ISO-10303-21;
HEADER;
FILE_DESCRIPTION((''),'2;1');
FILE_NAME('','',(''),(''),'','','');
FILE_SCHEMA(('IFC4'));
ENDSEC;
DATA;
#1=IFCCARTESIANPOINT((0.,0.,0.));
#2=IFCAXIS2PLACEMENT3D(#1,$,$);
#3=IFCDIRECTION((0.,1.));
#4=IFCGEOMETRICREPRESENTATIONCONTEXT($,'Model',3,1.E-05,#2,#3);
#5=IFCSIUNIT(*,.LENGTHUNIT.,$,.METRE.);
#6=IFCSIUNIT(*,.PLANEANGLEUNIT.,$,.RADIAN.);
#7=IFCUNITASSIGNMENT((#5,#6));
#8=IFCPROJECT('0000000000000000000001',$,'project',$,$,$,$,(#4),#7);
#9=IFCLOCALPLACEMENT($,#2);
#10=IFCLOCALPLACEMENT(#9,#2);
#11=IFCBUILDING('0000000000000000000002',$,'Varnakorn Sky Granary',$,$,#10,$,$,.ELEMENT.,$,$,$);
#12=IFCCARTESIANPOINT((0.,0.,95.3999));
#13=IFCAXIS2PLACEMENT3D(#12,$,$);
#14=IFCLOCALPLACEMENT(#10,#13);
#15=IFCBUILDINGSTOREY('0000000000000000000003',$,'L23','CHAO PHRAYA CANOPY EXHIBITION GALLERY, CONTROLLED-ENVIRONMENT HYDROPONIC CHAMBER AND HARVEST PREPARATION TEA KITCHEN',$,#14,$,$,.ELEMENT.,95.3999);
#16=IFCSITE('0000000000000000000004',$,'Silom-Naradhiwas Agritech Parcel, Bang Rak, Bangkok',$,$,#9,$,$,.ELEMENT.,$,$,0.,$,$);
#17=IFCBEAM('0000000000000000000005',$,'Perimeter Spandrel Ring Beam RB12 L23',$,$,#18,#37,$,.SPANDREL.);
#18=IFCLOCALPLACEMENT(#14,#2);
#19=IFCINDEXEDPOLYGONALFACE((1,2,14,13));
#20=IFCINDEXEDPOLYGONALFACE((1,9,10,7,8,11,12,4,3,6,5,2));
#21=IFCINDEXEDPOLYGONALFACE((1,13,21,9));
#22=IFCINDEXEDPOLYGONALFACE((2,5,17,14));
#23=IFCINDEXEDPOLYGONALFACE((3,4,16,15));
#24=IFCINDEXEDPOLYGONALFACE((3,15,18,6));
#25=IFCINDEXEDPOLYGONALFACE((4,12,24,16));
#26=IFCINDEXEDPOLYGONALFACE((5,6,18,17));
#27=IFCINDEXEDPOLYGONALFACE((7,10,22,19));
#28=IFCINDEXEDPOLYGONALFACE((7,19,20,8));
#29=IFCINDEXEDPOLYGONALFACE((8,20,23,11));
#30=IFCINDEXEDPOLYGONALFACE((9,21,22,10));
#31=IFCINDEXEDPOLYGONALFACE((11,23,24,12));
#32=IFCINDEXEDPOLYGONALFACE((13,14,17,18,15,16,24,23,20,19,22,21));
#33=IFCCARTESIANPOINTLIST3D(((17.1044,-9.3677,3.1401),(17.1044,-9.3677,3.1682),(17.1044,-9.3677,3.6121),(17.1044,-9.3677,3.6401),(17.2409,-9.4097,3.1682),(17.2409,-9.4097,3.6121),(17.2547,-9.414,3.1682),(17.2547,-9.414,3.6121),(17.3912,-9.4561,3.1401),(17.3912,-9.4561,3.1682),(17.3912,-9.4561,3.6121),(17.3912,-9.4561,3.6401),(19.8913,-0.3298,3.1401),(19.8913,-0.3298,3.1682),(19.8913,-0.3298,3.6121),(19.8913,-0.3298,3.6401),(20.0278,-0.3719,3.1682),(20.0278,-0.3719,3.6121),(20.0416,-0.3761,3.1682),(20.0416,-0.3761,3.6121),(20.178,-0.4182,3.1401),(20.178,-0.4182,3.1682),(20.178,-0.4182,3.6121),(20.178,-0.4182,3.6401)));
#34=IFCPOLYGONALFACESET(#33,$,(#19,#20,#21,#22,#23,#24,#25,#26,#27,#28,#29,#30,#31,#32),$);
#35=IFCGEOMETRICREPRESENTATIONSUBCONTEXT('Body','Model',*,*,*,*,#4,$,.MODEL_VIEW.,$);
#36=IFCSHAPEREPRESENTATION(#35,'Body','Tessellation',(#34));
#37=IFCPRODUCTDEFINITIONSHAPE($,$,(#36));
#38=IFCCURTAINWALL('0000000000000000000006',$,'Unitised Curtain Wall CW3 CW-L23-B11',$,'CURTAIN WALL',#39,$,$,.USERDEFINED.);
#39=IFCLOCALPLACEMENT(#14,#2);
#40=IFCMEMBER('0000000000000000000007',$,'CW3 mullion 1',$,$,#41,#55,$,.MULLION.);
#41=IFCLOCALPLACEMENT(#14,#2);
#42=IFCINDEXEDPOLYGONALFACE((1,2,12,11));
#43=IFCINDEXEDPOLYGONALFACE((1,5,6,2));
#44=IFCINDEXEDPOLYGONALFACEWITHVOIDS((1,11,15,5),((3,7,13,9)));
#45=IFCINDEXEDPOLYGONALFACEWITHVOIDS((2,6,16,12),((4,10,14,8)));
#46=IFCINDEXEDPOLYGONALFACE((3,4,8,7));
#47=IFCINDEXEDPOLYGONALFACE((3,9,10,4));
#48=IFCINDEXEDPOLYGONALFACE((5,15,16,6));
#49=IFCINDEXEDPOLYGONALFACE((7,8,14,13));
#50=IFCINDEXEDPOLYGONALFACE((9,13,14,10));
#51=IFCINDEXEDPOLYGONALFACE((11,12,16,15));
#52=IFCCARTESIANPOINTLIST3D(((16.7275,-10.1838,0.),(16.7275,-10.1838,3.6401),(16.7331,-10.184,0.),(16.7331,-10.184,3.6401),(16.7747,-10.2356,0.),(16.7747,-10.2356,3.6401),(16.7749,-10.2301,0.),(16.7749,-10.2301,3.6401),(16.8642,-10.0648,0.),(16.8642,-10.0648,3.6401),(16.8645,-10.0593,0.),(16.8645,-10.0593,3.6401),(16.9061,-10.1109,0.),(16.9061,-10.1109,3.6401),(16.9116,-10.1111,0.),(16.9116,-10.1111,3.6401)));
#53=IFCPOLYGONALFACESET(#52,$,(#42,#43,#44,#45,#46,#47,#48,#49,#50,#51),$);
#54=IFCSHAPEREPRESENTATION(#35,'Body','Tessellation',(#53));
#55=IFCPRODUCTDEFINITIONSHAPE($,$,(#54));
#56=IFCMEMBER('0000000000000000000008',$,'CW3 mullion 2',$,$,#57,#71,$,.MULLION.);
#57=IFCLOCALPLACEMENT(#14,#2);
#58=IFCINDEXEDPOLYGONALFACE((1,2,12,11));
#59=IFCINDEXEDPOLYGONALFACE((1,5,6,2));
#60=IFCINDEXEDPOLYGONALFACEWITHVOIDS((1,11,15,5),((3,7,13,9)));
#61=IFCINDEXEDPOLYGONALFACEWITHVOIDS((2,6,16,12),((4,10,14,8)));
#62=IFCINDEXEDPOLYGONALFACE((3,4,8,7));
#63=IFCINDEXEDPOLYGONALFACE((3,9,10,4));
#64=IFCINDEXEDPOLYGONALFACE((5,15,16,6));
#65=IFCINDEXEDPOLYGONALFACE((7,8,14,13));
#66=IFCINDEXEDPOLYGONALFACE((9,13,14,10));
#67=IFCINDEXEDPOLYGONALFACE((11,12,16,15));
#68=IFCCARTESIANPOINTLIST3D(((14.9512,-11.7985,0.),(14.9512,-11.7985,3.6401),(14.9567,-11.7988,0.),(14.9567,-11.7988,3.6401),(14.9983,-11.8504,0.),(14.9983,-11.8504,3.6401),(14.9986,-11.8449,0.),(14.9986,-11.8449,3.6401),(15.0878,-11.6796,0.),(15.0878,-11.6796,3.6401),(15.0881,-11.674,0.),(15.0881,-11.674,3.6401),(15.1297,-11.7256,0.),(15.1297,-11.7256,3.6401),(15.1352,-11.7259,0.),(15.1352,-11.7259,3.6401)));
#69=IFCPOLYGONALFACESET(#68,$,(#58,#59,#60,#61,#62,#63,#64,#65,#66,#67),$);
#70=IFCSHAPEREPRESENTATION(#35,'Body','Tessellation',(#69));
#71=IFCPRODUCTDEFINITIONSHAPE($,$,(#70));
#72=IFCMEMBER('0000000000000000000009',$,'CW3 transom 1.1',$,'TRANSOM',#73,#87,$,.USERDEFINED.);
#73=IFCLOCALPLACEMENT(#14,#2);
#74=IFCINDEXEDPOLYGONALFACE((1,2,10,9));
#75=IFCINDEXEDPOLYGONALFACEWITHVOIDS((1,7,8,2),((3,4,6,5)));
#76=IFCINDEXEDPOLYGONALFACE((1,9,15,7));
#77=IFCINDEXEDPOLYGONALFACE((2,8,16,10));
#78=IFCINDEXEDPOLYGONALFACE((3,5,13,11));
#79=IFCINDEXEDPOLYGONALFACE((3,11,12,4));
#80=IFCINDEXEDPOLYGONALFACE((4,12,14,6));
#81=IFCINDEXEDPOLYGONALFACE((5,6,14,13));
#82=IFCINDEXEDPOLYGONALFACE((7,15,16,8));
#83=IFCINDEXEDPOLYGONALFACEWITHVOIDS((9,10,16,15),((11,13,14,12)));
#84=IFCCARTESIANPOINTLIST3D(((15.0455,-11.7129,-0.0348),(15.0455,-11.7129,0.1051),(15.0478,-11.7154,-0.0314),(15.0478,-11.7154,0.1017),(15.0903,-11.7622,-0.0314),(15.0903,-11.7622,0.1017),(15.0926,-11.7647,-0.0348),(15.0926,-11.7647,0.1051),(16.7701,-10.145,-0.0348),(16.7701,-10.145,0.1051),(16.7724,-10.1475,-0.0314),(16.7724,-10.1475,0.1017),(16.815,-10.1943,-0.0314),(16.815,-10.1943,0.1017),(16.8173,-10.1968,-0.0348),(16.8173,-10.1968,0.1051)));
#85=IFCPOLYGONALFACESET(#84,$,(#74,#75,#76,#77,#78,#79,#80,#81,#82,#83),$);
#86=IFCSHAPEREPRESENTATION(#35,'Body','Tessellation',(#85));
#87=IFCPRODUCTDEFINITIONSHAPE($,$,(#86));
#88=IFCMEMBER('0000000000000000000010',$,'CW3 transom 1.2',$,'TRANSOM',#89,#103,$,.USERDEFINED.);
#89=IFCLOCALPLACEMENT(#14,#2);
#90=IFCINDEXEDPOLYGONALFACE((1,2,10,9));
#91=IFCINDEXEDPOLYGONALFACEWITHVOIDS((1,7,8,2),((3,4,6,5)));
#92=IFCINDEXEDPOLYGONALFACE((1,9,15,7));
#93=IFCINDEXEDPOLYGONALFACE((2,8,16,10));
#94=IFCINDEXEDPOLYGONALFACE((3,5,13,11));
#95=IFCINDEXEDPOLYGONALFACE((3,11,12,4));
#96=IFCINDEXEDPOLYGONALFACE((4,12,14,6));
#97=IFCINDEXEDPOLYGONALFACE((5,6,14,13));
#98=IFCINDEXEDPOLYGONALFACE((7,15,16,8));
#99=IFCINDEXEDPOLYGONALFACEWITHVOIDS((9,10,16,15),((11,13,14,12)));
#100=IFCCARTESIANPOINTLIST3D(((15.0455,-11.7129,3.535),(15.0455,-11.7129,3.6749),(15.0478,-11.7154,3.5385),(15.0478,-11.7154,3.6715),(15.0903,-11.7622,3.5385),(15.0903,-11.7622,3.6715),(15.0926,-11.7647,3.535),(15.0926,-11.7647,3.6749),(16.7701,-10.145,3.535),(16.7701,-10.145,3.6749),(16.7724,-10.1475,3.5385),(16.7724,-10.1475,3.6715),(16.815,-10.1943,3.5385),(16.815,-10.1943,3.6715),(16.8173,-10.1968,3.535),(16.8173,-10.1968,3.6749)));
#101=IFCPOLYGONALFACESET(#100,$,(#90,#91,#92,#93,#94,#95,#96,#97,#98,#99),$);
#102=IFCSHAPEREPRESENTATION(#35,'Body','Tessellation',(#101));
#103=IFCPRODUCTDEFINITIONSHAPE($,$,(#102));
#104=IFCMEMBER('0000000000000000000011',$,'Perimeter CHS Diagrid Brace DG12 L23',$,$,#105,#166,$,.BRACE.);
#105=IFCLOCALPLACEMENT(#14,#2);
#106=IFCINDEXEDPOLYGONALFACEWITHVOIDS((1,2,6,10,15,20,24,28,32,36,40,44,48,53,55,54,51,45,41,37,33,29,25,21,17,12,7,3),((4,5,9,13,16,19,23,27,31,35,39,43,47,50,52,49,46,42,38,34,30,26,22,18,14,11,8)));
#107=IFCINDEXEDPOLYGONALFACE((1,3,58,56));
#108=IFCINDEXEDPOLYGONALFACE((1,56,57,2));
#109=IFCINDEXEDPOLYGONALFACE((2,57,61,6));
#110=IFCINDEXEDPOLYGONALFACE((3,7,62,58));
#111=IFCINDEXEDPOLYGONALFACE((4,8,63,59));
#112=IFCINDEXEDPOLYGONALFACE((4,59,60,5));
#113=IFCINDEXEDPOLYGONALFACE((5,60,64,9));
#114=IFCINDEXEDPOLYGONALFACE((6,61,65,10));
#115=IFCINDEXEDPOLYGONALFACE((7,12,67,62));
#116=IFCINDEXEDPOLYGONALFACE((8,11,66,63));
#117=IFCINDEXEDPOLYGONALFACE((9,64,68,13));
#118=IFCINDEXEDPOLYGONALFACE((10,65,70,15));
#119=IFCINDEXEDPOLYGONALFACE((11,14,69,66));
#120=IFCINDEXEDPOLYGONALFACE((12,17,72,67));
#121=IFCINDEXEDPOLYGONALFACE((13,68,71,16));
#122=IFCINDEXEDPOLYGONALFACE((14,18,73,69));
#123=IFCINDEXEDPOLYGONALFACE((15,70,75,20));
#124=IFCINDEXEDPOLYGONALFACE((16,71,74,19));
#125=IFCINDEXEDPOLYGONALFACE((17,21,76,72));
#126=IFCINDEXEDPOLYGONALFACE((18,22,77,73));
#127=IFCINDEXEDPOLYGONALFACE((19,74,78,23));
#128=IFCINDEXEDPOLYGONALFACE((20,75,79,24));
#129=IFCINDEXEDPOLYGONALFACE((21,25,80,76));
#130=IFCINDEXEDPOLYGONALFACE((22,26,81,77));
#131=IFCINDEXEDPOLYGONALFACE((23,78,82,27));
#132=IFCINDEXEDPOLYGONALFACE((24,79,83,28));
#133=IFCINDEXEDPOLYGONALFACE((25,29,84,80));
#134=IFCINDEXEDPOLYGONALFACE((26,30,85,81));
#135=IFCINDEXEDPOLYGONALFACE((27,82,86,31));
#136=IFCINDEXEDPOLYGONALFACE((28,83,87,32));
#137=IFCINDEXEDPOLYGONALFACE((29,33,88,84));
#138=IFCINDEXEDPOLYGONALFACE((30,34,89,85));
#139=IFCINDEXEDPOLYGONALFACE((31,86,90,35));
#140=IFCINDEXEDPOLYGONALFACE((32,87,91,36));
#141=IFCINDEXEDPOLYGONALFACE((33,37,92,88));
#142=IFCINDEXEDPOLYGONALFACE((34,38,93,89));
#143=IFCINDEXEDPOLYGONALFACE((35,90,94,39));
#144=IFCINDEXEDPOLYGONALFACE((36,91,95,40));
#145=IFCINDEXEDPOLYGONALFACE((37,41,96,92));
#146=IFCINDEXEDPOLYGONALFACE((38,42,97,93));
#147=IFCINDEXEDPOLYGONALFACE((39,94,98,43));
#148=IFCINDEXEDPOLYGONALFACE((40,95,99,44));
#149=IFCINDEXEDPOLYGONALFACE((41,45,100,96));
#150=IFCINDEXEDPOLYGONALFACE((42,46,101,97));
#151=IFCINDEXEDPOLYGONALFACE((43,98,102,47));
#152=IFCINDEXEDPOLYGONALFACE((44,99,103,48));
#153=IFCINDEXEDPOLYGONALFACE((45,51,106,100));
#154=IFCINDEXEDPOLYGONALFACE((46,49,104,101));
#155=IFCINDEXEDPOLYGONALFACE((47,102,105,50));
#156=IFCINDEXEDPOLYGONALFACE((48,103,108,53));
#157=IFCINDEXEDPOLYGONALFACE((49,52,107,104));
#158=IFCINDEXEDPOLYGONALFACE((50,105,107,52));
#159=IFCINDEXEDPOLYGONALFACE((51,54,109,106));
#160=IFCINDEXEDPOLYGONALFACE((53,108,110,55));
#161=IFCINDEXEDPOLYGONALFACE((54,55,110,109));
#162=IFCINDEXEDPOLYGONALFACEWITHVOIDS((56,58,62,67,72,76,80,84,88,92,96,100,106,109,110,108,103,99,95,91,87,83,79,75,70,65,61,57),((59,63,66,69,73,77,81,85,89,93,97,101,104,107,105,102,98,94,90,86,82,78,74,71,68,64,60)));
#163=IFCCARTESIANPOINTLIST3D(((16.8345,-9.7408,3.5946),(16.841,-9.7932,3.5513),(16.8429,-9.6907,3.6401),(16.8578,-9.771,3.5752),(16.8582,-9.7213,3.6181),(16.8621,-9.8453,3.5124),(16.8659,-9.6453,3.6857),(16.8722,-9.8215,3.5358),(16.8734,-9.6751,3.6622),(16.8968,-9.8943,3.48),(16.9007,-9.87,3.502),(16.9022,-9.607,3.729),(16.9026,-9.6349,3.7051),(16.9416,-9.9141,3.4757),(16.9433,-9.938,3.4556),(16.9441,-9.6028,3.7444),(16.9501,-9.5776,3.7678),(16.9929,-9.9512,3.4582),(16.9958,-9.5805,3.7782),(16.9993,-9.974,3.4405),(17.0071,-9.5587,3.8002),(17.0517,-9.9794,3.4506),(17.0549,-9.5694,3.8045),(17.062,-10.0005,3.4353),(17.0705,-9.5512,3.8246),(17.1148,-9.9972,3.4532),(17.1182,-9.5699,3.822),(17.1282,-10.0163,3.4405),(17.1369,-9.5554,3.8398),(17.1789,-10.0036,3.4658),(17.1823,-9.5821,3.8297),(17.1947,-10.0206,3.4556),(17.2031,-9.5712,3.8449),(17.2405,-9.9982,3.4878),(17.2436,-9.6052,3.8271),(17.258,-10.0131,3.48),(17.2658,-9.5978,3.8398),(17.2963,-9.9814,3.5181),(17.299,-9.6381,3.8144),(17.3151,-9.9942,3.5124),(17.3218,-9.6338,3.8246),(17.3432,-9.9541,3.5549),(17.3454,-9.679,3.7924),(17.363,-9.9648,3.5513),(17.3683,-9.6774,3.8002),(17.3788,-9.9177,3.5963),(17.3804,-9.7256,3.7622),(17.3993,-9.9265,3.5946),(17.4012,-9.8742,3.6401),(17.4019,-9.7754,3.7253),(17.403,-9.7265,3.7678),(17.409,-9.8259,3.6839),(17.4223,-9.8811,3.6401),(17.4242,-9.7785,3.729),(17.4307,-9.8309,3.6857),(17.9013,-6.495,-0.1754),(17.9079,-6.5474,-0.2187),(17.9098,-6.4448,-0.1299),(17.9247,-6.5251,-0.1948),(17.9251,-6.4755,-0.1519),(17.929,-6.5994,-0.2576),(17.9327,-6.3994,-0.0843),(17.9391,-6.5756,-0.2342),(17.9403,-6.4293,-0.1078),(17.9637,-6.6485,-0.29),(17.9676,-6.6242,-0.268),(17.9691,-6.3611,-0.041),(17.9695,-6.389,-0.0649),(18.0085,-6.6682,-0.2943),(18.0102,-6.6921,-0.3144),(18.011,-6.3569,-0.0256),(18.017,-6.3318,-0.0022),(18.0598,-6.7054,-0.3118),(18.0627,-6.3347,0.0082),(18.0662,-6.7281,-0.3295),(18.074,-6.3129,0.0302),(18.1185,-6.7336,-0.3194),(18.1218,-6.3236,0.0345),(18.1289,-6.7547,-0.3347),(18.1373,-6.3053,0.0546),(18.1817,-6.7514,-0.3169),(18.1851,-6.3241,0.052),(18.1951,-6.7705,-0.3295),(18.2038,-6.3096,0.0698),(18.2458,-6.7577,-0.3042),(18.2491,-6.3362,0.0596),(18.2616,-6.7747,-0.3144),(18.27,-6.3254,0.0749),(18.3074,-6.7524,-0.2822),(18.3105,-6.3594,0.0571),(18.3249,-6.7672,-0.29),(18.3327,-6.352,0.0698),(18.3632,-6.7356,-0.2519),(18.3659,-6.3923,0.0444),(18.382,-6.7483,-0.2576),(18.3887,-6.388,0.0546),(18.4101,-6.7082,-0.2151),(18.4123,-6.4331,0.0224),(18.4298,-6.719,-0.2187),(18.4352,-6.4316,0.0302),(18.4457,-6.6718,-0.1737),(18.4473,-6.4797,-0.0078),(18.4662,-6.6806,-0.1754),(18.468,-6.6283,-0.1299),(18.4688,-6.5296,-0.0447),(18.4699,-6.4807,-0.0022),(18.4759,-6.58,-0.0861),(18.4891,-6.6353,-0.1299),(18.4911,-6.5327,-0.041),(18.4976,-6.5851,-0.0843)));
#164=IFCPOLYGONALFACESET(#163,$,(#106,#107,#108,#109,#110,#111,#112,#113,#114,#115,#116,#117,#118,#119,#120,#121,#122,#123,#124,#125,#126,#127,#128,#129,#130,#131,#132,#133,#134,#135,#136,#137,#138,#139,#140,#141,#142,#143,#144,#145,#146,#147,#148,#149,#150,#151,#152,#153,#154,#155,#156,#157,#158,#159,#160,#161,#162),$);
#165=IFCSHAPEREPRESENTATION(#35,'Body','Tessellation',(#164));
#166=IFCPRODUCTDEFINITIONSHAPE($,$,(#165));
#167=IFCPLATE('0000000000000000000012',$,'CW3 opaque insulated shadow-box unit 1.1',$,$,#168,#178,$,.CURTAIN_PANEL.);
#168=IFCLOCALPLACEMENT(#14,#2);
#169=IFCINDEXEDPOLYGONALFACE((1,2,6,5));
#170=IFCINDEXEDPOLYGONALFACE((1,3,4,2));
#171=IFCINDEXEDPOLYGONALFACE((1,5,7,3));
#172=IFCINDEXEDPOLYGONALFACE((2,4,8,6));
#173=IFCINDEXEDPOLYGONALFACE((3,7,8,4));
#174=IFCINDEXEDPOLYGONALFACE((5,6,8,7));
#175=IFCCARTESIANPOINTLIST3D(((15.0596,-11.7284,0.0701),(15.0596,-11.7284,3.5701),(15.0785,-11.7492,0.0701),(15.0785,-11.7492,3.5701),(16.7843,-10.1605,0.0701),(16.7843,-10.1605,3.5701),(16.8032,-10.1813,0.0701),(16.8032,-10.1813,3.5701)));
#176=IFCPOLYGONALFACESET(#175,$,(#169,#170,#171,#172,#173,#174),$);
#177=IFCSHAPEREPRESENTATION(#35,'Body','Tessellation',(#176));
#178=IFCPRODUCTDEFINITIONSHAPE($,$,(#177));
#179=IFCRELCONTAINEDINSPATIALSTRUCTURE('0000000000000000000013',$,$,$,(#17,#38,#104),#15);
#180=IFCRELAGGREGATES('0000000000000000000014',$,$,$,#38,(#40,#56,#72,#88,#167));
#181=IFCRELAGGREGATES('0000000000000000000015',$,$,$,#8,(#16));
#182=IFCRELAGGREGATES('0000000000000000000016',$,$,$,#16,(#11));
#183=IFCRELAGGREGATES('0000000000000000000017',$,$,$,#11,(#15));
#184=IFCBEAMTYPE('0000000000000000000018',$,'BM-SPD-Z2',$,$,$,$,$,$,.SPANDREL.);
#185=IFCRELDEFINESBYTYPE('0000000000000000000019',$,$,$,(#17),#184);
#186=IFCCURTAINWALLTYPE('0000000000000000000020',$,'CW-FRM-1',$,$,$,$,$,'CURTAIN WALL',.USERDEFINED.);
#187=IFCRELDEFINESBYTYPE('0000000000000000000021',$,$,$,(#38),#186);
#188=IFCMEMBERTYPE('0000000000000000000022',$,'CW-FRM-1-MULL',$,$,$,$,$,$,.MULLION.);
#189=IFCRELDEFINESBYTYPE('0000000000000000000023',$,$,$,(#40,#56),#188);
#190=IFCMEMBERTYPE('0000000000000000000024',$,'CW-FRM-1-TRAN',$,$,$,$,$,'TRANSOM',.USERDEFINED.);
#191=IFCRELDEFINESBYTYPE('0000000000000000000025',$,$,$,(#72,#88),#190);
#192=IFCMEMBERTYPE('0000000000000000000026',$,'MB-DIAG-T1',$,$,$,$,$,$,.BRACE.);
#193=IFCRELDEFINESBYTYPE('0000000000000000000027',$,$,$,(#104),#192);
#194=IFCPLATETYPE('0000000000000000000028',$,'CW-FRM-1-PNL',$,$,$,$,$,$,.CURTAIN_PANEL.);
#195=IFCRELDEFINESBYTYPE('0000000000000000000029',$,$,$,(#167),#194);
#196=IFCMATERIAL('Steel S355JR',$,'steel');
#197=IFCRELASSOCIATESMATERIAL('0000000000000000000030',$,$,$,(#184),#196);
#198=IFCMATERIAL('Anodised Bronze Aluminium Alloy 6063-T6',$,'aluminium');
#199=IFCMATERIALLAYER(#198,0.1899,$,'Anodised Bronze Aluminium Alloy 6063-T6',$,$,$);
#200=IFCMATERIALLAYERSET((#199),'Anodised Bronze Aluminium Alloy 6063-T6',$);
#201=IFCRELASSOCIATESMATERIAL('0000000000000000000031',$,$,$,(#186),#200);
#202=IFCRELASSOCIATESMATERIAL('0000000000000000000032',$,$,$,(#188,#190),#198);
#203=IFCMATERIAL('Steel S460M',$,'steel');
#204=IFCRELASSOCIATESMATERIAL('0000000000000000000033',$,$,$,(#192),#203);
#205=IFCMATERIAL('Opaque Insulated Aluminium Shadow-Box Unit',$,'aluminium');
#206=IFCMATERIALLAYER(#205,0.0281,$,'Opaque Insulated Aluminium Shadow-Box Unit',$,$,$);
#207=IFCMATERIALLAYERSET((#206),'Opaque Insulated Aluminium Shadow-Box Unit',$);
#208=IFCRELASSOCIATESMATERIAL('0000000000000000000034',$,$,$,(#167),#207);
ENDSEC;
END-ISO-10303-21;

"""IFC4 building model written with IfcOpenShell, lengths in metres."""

from ifc_helpers import new_model, si_unit, direction, frame, origin, origin_2d, place, context, subcontext, project, spatial, rectangle, hollow_rectangle, hollow_circle, i_section, extrude, source, transform, mapped, material, layer, layer_set, material_profile, profile_set, type_object, type_shapes, element, aggregate, save


model = new_model("IFC4")

# Units and contexts
model_context = context("Model", 3, precision=1e-05, world=origin(), true_north=direction((0.0, 1.0)))
body_context = subcontext(model_context, "Body", "Model", "MODEL_VIEW")
ifc_project = project(units=[si_unit("LENGTHUNIT", "METRE"), si_unit("PLANEANGLEUNIT", "RADIAN")], contexts=[model_context])

# Site, building, storey
site_placement = place(None, origin())
site = spatial("IfcSite", under=ifc_project, at=site_placement, Name="Silom-Naradhiwas Agritech Parcel, Bang Rak, Bangkok", CompositionType="ELEMENT", RefElevation=0.0)
building_placement = place(site_placement, origin())
building = spatial("IfcBuilding", under=site, at=building_placement, Name="Varnakorn Sky Granary", CompositionType="ELEMENT")
storey_placement = place(building_placement, frame((0.0, 0.0, 95.3999)))
storey = spatial("IfcBuildingStorey", under=building, at=storey_placement, Name="L23", Description="CHAO PHRAYA CANOPY EXHIBITION GALLERY, CONTROLLED-ENVIRONMENT HYDROPONIC CHAMBER AND HARVEST PREPARATION TEA KITCHEN", CompositionType="ELEMENT", Elevation=95.3999)

# Shared definitions
ifc_material_1 = material(Name="Steel S460M", Category="steel")

# Beam
ifc_material_2 = material(Name="Steel S355JR", Category="steel")
ifc_material_profile_1 = material_profile(ifc_material_2, i_section(OverallWidth=0.3, OverallDepth=0.5, WebThickness=0.0144, FlangeThickness=0.0281, at=origin_2d()), Name="HE 500 B")
ifc_profile_set_1 = profile_set([ifc_material_profile_1], Name="Steel S355JR")
beam_type_1 = type_object("IfcBeamType", Name="BM-SPD-Z2", PredefinedType="SPANDREL", material=ifc_profile_set_1)
beam_1_placement = place(storey_placement, frame((17.2478, -9.4119, 3.3901), z_axis=(0.294664, 0.955601, 0.0), x_axis=(-0.955601, 0.294664, 0.0)))
element("IfcBeam", 1, at=beam_1_placement, inside=storey, type_object=beam_type_1, Name="Perimeter Spandrel Ring Beam RB12 L23", PredefinedType="SPANDREL", context=body_context, shape_type="SweptSolid", body=[
    extrude(i_section(OverallWidth=0.3, OverallDepth=0.5, WebThickness=0.0144, FlangeThickness=0.0281, at=origin_2d()), origin(), (0.0, 0.0, 1.0), 9.4578),
])

# Curtain wall, members
ifc_material_3 = material(Name="Anodised Bronze Aluminium Alloy 6063-T6", Category="aluminium")
ifc_layer_1 = layer(ifc_material_3, 0.1899, Name="Anodised Bronze Aluminium Alloy 6063-T6")
ifc_layer_set_1 = layer_set([ifc_layer_1], Name="Anodised Bronze Aluminium Alloy 6063-T6")
curtain_wall_type = type_object("IfcCurtainWallType", Name="CW-FRM-1", ElementType="CURTAIN WALL", PredefinedType="USERDEFINED", material=ifc_layer_set_1)
curtain_wall_placement = place(storey_placement, origin())
curtain_wall = element("IfcCurtainWall", 2, at=curtain_wall_placement, inside=storey, type_object=curtain_wall_type, Name="Unitised Curtain Wall CW3 CW-L23-B11", ObjectType="CURTAIN WALL", PredefinedType="USERDEFINED")
ifc_material_profile_2 = material_profile(ifc_material_3, hollow_rectangle(XDim=0.0701, YDim=0.1851, WallThickness=0.0039, at=origin_2d()), Name="ALU MULL 70x185")
ifc_profile_set_2 = profile_set([ifc_material_profile_2], Name="Anodised Bronze Aluminium Alloy 6063-T6")
member_type_1 = type_object("IfcMemberType", Name="CW-FRM-1-MULL", PredefinedType="MULLION", material=ifc_profile_set_2)
member_1_placement = place(storey_placement, frame((16.8196, -10.1475, 0.0), z_axis=(0.0, 0.0, 1.0), x_axis=(0.672672, -0.739941, 0.0)))
member_1 = element("IfcMember", 3, at=member_1_placement, type_object=member_type_1, Name="CW3 mullion 1", PredefinedType="MULLION", context=body_context, shape_type="SweptSolid", body=[
    extrude(hollow_rectangle(XDim=0.0701, YDim=0.1851, WallThickness=0.0039, at=origin_2d()), origin(), (0.0, 0.0, 1.0), 3.6401),
])
member_2_placement = place(storey_placement, frame((15.0432, -11.7622, 0.0), z_axis=(0.0, 0.0, 1.0), x_axis=(0.672672, -0.739941, 0.0)))
member_2 = element("IfcMember", 4, at=member_2_placement, type_object=member_type_1, Name="CW3 mullion 2", PredefinedType="MULLION", context=body_context, shape_type="SweptSolid", body=[
    extrude(hollow_rectangle(XDim=0.0701, YDim=0.1851, WallThickness=0.0039, at=origin_2d()), origin(), (0.0, 0.0, 1.0), 3.6401),
])
ifc_material_profile_3 = material_profile(ifc_material_3, hollow_rectangle(XDim=0.0701, YDim=0.1399, WallThickness=0.0034, at=origin_2d()), Name="ALU TRAN 70x140")
ifc_profile_set_3 = profile_set([ifc_material_profile_3], Name="Anodised Bronze Aluminium Alloy 6063-T6")
member_type_2 = type_object("IfcMemberType", Name="CW-FRM-1-TRAN", ElementType="TRANSOM", PredefinedType="USERDEFINED", material=ifc_profile_set_3)
member_3_placement = place(storey_placement, frame((16.7937, -10.1709, 0.0352), z_axis=(-0.739931, -0.672683, 0.0), x_axis=(0.672683, -0.739931, 0.0)))
member_3 = element("IfcMember", 5, at=member_3_placement, type_object=member_type_2, Name="CW3 transom 1.1", ObjectType="TRANSOM", PredefinedType="USERDEFINED", context=body_context, shape_type="SweptSolid", body=[
    extrude(hollow_rectangle(XDim=0.0701, YDim=0.1399, WallThickness=0.0034, at=origin_2d()), origin(), (0.0, 0.0, 1.0), 2.3308),
])
member_4_placement = place(storey_placement, frame((16.7937, -10.1709, 3.605), z_axis=(-0.739931, -0.672683, 0.0), x_axis=(0.672683, -0.739931, 0.0)))
member_4 = element("IfcMember", 6, at=member_4_placement, type_object=member_type_2, Name="CW3 transom 1.2", ObjectType="TRANSOM", PredefinedType="USERDEFINED", context=body_context, shape_type="SweptSolid", body=[
    extrude(hollow_rectangle(XDim=0.0701, YDim=0.1399, WallThickness=0.0034, at=origin_2d()), origin(), (0.0, 0.0, 1.0), 2.3308),
])

# Member
ifc_material_profile_4 = material_profile(ifc_material_1, hollow_circle(Radius=0.3049, WallThickness=0.0222, at=origin_2d()), Name="CHS 610x22")
ifc_profile_set_4 = profile_set([ifc_material_profile_4], Name="Steel S460M")
member_type_3 = type_object("IfcMemberType", Name="MB-DIAG-T1", PredefinedType="BRACE", material=ifc_profile_set_4)
member_5_placement = place(storey_placement, frame((18.1995, -6.54, -0.1299), z_axis=(-0.209692, -0.637953, 0.740976), x_axis=(0.949997, -0.312259, 0.0)))
element("IfcMember", 7, at=member_5_placement, inside=storey, type_object=member_type_3, Name="Perimeter CHS Diagrid Brace DG12 L23", PredefinedType="BRACE", context=body_context, shape_type="SweptSolid", body=[
    extrude(hollow_circle(Radius=0.3049, WallThickness=0.0222, at=origin_2d()), origin(), (0.0, 0.0, 1.0), 5.0879),
])

# Plate
ifc_material_4 = material(Name="Opaque Insulated Aluminium Shadow-Box Unit", Category="aluminium")
ifc_layer_2 = layer(ifc_material_4, 0.0281, Name="Opaque Insulated Aluminium Shadow-Box Unit")
ifc_layer_set_2 = layer_set([ifc_layer_2], Name="Opaque Insulated Aluminium Shadow-Box Unit")
plate_type = type_object("IfcPlateType", Name="CW-FRM-1-PNL", PredefinedType="CURTAIN_PANEL")
shared_shape_1 = source(origin(), body_context, "Body", "SweptSolid", [
    extrude(rectangle(XDim=2.3308, YDim=0.0281, at=origin_2d()), origin(), (0.0, 0.0, 1.0), 3.5),
])
type_shapes(plate_type, [shared_shape_1])
plate_placement = place(storey_placement, frame((15.9314, -10.9548, 0.0701), z_axis=(0.0, 0.0, 1.0), x_axis=(-0.739941, -0.672672, 0.0)))
plate = element("IfcPlate", 8, at=plate_placement, type_object=plate_type, material=ifc_layer_set_2, Name="CW3 opaque insulated shadow-box unit 1.1", PredefinedType="CURTAIN_PANEL", context=body_context, shape_type="MappedRepresentation", body=[
    mapped(shared_shape_1, transform((0.0, 0.0, 0.0), x_axis=(1.0, 0.0, 0.0), y_axis=(0.0, 1.0, 0.0), z_axis=(0.0, 0.0, 1.0), scale=1.0)),
])
aggregate(curtain_wall, [member_1, member_2, member_3, member_4, plate])

save(model, "model.ifc")
